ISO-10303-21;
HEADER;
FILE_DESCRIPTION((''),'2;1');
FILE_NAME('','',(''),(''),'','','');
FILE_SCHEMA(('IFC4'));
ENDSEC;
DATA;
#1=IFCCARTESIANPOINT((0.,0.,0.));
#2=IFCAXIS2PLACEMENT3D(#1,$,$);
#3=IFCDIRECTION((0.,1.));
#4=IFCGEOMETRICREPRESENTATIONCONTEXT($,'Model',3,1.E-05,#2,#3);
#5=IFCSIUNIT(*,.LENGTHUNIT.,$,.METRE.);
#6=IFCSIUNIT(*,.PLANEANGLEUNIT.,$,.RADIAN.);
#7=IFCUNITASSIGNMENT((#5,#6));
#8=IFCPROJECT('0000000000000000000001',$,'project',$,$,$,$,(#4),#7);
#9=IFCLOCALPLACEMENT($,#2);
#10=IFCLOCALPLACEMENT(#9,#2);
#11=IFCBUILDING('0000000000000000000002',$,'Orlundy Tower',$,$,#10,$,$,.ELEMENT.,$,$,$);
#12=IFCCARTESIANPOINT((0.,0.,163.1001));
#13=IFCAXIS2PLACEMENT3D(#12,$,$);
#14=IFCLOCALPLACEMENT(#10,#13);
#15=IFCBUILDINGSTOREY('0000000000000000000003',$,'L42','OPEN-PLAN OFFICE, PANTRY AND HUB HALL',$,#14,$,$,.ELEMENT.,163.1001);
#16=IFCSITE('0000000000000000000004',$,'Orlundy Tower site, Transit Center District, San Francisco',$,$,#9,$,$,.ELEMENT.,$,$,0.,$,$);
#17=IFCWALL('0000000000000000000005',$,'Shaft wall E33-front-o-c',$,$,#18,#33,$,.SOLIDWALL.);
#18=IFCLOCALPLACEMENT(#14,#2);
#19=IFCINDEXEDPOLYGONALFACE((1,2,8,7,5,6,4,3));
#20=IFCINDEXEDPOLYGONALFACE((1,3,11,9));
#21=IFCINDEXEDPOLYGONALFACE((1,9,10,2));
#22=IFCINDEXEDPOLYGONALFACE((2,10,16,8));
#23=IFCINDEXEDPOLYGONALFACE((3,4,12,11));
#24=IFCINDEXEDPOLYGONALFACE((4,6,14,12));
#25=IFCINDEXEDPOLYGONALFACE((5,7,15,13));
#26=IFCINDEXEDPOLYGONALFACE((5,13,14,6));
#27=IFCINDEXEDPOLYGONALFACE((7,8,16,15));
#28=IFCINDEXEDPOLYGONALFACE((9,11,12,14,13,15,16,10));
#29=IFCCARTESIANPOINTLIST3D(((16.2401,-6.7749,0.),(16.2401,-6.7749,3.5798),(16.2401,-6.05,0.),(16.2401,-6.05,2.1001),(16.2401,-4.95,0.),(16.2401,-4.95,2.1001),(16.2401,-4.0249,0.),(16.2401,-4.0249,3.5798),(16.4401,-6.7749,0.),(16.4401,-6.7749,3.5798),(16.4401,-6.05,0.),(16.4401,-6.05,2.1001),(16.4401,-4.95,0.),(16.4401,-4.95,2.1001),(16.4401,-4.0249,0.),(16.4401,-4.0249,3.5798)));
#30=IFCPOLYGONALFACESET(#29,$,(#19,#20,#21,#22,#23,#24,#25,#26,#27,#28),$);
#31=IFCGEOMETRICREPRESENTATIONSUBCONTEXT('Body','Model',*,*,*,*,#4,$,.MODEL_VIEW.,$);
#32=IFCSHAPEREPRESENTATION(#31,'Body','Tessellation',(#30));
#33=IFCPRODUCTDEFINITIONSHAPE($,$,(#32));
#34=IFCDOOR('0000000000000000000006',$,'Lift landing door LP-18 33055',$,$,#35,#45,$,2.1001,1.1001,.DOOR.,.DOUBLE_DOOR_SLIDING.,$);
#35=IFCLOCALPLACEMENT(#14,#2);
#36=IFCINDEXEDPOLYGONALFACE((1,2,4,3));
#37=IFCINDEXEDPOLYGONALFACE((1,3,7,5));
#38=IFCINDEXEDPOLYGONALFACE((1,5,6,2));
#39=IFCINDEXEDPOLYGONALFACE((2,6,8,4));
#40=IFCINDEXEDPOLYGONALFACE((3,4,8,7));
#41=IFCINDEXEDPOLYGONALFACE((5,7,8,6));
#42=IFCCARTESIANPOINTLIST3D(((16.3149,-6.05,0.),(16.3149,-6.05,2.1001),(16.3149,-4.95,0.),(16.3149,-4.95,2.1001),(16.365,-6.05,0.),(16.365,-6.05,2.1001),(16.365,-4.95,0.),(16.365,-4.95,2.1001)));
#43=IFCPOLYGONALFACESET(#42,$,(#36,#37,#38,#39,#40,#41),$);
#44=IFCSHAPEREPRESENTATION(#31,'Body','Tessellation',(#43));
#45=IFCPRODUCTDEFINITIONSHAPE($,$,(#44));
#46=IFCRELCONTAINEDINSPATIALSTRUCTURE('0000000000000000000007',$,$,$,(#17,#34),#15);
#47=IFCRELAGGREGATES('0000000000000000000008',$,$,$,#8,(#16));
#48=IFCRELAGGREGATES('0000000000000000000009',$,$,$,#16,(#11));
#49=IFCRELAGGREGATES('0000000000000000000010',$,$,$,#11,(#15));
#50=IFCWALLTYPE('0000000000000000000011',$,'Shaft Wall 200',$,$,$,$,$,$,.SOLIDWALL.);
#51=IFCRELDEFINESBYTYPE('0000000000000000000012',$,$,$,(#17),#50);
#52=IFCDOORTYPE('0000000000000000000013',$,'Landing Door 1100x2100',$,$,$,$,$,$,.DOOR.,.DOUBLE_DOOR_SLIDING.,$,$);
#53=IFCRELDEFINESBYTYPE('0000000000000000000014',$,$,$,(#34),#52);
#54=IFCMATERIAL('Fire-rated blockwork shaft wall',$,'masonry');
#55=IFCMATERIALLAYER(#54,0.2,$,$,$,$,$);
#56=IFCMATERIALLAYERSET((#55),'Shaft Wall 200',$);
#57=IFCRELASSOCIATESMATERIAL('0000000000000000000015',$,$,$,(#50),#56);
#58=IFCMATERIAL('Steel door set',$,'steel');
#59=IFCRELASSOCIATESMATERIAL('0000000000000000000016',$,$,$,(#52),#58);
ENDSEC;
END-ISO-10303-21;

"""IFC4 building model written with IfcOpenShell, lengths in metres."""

from ifc_helpers import new_model, si_unit, direction, frame, frame_2d, origin, place, context, subcontext, project, spatial, rectangle, extrude, material, layer, layer_set, type_object, element, fill, save


model = new_model("IFC4")

# Units and contexts
model_context = context("Model", 3, precision=1e-05, world=origin(), true_north=direction((0.0, 1.0)))
body_context = subcontext(model_context, "Body", "Model", "MODEL_VIEW")
ifc_project = project(units=[si_unit("LENGTHUNIT", "METRE"), si_unit("PLANEANGLEUNIT", "RADIAN")], contexts=[model_context])

# Site, building, storey
site_placement = place(None, origin())
site = spatial("IfcSite", under=ifc_project, at=site_placement, Name="Orlundy Tower site, Transit Center District, San Francisco", CompositionType="ELEMENT", RefElevation=0.0)
building_placement = place(site_placement, origin())
building = spatial("IfcBuilding", under=site, at=building_placement, Name="Orlundy Tower", CompositionType="ELEMENT")
storey_placement = place(building_placement, frame((0.0, 0.0, 163.1001)))
storey = spatial("IfcBuildingStorey", under=building, at=storey_placement, Name="L42", Description="OPEN-PLAN OFFICE, PANTRY AND HUB HALL", CompositionType="ELEMENT", Elevation=163.1001)

# Shared definitions
ifc_material_1 = material(Name="Fire-rated blockwork shaft wall", Category="masonry")
ifc_layer_1 = layer(ifc_material_1, 0.2)
ifc_layer_set_1 = layer_set([ifc_layer_1], Name="Shaft Wall 200")
wall_type_1 = type_object("IfcWallType", Name="Shaft Wall 200", PredefinedType="SOLIDWALL", material=ifc_layer_set_1)

# Shared definitions
ifc_material_2 = material(Name="Steel door set", Category="steel")
door_type_1 = type_object("IfcDoorType", Name="Landing Door 1100x2100", OperationType="DOUBLE_DOOR_SLIDING", PredefinedType="DOOR", material=ifc_material_2)

# Wall, opening, door
wall_1_placement = place(storey_placement, frame((16.3401, -4.0249, 0.0), z_axis=(0.0, 0.0, 1.0), x_axis=(0.0, -1.0, 0.0)))
wall_1 = element("IfcWall", 1, at=wall_1_placement, inside=storey, type_object=wall_type_1, Name="Shaft wall E33-front-o-c", PredefinedType="SOLIDWALL", context=body_context, shape_type="SweptSolid", body=[
    extrude(rectangle(XDim=2.75, YDim=0.2, at=frame_2d((1.375, 0.0))), origin(), (0.0, 0.0, 1.0), 3.5798),
])
opening_1_placement = place(wall_1_placement, frame((0.925, 0.0, 0.0)))
opening_1 = element("IfcOpeningElement", 2, at=opening_1_placement, cuts=wall_1, PredefinedType="OPENING", context=body_context, shape_type="SweptSolid", body=[
    extrude(rectangle(XDim=1.1001, YDim=2.1001, at=frame_2d((0.55, 1.05))), frame((0.0, 0.1101, 0.0), z_axis=(0.0, -1.0, 0.0), x_axis=(1.0, 0.0, 0.0)), (0.0, 0.0, 1.0), 0.2202),
])
door_1_placement = place(opening_1_placement, origin())
door_1 = element("IfcDoor", 3, at=door_1_placement, inside=storey, type_object=door_type_1, Name="Lift landing door LP-18 33055", OperationType="DOUBLE_DOOR_SLIDING", OverallHeight=2.1001, OverallWidth=1.1001, PredefinedType="DOOR", context=body_context, shape_type="SweptSolid", body=[
    extrude(rectangle(XDim=1.1001, YDim=2.1001, at=frame_2d((0.55, 1.05))), frame((0.0, 0.0249, 0.0), z_axis=(0.0, -1.0, 0.0), x_axis=(1.0, 0.0, 0.0)), (0.0, 0.0, 1.0), 0.05),
])
fill(opening_1, door_1)

save(model, "model.ifc")
